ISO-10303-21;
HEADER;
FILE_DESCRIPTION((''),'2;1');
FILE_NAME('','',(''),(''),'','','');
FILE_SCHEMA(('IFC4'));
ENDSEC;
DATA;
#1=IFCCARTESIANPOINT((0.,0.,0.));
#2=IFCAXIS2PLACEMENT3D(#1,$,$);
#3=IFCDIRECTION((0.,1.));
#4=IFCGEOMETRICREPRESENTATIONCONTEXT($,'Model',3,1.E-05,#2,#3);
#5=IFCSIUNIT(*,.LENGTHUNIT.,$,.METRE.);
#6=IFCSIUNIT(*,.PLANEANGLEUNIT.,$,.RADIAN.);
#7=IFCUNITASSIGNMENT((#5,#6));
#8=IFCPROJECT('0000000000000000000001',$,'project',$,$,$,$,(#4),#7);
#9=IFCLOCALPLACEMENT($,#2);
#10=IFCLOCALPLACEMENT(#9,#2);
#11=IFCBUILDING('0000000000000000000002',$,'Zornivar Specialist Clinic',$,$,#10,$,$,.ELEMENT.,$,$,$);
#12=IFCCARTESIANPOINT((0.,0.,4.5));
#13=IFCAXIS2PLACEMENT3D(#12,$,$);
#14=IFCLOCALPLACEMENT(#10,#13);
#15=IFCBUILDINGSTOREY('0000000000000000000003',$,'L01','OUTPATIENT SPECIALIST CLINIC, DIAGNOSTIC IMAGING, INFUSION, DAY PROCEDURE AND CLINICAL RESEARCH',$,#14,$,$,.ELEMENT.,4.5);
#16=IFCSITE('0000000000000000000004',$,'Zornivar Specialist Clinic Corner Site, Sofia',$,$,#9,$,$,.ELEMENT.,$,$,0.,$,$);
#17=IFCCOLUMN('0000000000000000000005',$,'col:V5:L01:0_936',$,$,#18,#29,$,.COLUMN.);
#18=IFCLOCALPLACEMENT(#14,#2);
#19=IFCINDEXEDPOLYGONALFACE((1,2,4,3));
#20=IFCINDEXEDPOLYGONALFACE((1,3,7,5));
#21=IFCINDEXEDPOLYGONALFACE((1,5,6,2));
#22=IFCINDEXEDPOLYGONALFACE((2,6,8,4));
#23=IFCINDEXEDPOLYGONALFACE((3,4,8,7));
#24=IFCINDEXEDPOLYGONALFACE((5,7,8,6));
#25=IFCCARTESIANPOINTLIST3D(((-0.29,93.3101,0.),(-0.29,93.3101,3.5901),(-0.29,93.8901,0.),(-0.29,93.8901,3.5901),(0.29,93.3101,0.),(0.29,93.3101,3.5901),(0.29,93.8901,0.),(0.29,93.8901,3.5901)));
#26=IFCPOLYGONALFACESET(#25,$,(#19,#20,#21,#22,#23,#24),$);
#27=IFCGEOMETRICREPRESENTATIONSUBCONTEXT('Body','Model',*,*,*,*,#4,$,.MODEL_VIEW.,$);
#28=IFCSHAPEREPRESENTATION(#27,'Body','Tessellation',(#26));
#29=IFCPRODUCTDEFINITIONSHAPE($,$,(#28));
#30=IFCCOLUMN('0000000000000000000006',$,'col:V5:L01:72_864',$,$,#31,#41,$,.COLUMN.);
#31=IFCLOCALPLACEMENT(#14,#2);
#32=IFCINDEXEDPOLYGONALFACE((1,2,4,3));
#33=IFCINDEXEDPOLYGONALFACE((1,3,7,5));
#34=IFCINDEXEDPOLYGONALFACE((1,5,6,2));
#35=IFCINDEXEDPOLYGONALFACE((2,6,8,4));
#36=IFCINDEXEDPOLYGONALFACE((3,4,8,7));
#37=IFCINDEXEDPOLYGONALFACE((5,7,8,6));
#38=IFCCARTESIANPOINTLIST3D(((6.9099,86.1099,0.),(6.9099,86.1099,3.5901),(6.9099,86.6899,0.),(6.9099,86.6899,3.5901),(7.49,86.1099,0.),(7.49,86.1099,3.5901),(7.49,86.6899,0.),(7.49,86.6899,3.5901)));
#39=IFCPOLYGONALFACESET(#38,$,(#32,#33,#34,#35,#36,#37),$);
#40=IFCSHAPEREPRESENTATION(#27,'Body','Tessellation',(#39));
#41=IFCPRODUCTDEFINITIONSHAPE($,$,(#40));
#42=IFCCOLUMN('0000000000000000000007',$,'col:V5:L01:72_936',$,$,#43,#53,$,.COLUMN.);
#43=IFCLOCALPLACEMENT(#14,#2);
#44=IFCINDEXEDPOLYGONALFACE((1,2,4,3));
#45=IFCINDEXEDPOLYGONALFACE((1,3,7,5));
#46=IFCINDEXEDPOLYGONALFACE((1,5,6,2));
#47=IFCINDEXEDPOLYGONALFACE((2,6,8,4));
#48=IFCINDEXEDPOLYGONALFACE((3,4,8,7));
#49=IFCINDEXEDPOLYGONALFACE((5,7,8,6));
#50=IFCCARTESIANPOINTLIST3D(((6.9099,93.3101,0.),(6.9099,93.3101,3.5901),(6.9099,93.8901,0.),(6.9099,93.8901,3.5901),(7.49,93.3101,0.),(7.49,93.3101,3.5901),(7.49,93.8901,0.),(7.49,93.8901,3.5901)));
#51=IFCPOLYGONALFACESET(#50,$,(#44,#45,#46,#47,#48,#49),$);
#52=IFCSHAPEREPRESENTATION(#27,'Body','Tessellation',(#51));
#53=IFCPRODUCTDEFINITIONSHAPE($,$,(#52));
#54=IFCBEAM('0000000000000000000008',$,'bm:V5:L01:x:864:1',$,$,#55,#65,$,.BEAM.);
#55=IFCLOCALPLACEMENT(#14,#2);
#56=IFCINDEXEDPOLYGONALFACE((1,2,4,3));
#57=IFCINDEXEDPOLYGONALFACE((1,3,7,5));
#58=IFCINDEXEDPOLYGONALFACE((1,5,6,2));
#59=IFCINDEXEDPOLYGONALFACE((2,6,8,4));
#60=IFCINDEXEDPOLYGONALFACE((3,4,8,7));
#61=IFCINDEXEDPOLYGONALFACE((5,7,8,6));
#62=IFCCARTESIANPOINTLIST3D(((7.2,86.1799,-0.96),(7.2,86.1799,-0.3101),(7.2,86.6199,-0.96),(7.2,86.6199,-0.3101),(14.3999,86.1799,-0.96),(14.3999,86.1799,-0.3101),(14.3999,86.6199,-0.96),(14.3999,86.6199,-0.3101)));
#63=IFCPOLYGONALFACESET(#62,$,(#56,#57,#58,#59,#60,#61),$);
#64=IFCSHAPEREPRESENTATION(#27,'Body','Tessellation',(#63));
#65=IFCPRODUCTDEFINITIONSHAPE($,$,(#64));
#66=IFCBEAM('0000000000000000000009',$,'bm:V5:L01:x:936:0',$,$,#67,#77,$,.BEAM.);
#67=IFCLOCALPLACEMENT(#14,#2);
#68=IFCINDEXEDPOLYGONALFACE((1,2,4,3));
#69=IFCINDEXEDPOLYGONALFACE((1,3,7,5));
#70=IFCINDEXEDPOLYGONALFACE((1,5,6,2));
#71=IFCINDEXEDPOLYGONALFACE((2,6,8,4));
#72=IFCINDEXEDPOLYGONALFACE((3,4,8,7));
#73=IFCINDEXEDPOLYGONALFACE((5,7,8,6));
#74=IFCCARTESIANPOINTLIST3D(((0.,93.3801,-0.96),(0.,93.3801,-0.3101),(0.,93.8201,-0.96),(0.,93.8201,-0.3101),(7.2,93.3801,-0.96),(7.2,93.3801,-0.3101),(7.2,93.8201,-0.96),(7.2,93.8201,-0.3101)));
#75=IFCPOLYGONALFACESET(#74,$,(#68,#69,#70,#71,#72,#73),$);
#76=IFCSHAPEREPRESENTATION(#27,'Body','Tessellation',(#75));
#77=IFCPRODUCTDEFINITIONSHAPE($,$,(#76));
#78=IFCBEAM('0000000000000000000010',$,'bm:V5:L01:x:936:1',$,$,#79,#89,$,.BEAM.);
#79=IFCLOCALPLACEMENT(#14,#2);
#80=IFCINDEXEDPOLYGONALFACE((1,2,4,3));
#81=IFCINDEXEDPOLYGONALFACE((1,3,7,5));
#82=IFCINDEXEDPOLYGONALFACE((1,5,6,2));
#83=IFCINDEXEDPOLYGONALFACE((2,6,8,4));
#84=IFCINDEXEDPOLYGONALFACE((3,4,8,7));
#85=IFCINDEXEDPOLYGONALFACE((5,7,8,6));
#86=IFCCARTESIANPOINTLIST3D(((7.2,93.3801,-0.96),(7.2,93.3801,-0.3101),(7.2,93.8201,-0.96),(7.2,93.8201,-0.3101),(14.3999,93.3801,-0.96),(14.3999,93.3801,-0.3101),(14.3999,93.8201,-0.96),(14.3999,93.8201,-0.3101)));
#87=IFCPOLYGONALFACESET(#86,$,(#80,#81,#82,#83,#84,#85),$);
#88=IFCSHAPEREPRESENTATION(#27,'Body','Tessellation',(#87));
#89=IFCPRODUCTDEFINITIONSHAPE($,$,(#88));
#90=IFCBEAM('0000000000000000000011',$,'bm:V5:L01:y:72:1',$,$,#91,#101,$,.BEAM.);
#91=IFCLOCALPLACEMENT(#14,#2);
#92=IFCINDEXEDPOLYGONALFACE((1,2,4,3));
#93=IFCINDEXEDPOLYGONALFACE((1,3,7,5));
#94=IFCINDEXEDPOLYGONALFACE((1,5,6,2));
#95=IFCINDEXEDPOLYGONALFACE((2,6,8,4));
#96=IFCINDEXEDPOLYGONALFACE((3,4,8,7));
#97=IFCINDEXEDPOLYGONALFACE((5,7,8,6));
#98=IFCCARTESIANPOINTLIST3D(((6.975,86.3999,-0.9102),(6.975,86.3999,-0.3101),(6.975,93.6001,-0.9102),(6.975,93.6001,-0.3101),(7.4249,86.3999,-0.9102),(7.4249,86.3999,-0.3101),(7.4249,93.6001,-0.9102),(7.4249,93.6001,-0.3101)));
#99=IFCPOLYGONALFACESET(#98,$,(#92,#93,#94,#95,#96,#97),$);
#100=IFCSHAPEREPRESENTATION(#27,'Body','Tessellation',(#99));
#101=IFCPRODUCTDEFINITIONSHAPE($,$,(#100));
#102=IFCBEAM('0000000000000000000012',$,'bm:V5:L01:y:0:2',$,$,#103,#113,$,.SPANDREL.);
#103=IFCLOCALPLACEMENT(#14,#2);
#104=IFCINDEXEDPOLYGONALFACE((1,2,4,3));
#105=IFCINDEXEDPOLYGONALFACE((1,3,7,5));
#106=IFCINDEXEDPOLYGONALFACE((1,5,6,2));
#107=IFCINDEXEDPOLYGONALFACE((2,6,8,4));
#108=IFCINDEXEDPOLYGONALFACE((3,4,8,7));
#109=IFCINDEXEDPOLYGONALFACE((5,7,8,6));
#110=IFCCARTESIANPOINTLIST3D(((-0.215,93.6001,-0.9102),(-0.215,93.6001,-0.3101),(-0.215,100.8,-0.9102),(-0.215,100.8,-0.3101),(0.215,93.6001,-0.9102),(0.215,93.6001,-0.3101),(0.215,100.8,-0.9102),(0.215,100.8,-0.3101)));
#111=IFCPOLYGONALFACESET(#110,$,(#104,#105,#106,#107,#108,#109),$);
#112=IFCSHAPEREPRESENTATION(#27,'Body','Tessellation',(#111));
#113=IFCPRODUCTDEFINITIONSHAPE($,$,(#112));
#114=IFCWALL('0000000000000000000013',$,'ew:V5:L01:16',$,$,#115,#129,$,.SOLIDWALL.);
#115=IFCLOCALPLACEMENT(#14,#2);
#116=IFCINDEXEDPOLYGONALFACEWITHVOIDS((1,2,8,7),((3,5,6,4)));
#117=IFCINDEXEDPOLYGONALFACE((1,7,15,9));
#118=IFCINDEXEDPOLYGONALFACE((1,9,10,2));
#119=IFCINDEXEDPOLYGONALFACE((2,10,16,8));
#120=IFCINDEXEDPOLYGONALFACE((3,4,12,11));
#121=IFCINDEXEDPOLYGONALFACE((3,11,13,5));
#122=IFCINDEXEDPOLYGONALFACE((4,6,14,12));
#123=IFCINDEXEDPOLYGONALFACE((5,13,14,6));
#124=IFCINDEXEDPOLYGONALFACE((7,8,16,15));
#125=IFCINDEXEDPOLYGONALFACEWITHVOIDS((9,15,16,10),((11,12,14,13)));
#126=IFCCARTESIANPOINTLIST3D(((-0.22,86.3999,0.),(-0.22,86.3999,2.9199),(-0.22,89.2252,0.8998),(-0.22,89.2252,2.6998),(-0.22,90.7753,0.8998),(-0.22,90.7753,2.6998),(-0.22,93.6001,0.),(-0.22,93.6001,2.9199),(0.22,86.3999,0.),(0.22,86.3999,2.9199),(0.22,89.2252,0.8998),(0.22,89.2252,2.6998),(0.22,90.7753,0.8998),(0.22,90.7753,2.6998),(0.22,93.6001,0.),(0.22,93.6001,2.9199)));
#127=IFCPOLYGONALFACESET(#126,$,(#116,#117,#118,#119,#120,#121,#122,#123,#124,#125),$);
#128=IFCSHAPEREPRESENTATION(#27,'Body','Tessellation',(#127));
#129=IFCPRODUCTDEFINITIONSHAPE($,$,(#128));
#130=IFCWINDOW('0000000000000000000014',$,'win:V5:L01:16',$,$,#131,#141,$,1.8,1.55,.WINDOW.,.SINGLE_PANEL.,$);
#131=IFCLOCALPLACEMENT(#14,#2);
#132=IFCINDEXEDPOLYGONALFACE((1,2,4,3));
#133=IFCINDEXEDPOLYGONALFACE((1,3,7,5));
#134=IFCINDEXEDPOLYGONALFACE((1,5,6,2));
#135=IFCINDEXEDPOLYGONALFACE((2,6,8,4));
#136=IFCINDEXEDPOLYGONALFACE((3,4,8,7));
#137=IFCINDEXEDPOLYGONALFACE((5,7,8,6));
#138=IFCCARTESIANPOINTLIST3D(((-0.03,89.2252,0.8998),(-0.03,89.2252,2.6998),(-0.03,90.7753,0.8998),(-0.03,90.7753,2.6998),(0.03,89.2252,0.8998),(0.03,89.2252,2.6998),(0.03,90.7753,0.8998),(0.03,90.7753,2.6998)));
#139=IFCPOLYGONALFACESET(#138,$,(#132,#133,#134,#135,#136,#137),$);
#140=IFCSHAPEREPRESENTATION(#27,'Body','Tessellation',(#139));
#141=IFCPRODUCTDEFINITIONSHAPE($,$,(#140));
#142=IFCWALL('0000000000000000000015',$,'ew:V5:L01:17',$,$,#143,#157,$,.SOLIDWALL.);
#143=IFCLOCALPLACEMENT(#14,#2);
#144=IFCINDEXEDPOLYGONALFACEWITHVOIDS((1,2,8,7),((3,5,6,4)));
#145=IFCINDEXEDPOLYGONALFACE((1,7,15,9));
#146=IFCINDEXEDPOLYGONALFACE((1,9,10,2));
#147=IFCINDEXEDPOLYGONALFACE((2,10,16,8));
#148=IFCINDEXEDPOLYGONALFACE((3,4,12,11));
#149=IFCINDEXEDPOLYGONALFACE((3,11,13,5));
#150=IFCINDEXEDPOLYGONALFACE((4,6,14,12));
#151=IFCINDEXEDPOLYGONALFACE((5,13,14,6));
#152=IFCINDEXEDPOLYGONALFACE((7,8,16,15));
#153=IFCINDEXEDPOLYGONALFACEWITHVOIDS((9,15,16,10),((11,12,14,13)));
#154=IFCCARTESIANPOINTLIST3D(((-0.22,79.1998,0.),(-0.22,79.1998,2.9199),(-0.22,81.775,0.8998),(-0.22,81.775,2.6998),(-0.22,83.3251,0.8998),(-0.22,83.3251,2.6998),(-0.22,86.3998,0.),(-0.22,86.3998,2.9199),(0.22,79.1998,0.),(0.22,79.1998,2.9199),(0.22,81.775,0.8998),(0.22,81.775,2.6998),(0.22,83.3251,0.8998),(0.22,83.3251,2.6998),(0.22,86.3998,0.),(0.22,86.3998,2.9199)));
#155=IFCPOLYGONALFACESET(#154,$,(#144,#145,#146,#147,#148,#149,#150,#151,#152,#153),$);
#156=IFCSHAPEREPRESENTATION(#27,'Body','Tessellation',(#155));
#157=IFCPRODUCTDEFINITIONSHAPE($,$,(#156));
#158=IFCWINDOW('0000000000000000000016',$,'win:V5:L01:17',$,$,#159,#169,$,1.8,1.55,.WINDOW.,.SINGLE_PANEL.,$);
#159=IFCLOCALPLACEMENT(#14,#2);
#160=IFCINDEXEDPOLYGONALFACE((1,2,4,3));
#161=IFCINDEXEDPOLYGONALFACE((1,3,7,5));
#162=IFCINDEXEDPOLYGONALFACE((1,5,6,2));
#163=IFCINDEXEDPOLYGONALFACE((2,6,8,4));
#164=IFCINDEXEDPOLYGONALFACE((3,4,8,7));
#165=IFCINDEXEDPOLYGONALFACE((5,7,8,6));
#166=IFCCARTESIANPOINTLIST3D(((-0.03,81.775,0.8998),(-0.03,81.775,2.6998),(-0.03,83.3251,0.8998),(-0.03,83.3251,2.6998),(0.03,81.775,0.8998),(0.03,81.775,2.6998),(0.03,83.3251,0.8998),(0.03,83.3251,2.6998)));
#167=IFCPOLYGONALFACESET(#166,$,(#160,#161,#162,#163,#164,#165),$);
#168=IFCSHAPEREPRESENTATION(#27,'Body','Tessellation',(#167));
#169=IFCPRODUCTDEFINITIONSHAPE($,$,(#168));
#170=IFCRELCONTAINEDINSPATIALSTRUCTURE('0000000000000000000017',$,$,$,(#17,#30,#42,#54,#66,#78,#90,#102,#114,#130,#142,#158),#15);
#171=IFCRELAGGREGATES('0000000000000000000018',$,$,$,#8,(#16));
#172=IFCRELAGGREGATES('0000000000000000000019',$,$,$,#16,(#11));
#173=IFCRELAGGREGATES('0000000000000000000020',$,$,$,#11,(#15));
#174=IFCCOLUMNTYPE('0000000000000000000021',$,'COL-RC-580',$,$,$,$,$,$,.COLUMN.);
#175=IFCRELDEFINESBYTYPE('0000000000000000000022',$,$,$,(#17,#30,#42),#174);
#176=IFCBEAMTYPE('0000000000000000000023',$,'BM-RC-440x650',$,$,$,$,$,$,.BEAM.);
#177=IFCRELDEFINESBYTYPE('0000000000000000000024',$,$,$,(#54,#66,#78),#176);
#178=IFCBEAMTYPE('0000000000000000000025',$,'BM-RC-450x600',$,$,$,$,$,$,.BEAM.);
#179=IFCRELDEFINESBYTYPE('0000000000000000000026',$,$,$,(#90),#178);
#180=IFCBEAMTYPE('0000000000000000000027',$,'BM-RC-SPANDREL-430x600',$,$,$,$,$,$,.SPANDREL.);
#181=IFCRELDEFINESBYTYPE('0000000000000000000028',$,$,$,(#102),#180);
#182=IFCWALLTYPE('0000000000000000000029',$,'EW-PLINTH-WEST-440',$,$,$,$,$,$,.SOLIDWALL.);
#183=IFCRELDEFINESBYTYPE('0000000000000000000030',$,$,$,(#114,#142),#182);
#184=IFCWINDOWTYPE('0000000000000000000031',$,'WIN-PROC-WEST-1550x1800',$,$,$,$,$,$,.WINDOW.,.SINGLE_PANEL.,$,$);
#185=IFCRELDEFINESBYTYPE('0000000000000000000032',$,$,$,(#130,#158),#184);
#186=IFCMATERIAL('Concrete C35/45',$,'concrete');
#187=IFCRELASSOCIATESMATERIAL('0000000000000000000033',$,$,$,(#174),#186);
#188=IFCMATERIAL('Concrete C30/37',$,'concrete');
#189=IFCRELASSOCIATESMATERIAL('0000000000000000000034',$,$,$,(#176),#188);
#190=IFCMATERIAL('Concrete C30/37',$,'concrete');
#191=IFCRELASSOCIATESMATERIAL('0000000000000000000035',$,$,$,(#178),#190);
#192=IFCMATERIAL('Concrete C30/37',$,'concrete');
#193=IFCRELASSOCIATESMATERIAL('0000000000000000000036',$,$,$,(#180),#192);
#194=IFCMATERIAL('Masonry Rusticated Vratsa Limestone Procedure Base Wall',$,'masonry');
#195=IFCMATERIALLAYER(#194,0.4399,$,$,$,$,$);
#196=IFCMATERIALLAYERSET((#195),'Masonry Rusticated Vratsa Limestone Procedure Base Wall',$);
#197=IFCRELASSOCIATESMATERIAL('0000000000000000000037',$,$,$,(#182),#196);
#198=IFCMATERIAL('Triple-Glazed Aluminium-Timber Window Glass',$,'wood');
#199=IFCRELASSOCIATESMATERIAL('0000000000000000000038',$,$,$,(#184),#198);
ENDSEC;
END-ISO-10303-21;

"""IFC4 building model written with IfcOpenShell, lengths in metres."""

from ifc_helpers import new_model, si_unit, direction, frame, frame_2d, origin, origin_2d, place, context, subcontext, project, spatial, rectangle, extrude, material, layer, layer_set, material_profile, profile_set, type_object, element, fill, save


model = new_model("IFC4")

# Units and contexts
model_context = context("Model", 3, precision=1e-05, world=origin(), true_north=direction((0.0, 1.0)))
body_context = subcontext(model_context, "Body", "Model", "MODEL_VIEW")
ifc_project = project(units=[si_unit("LENGTHUNIT", "METRE"), si_unit("PLANEANGLEUNIT", "RADIAN")], contexts=[model_context])

# Site, building, storey
site_placement = place(None, origin())
site = spatial("IfcSite", under=ifc_project, at=site_placement, Name="Zornivar Specialist Clinic Corner Site, Sofia", CompositionType="ELEMENT", RefElevation=0.0)
building_placement = place(site_placement, origin())
building = spatial("IfcBuilding", under=site, at=building_placement, Name="Zornivar Specialist Clinic", CompositionType="ELEMENT")
storey_placement = place(building_placement, frame((0.0, 0.0, 4.5)))
storey = spatial("IfcBuildingStorey", under=building, at=storey_placement, Name="L01", Description="OUTPATIENT SPECIALIST CLINIC, DIAGNOSTIC IMAGING, INFUSION, DAY PROCEDURE AND CLINICAL RESEARCH", CompositionType="ELEMENT", Elevation=4.5)

# Columns
ifc_material_1 = material(Name="Concrete C35/45", Category="concrete")
ifc_material_profile_1 = material_profile(ifc_material_1, rectangle(XDim=0.5801, YDim=0.5801, at=origin_2d()), Name="RC 580x580")
ifc_profile_set_1 = profile_set([ifc_material_profile_1], Name="Concrete C35/45")
column_type = type_object("IfcColumnType", Name="COL-RC-580", PredefinedType="COLUMN", material=ifc_profile_set_1)
for number, where, z_axis, x_axis, name in (
    (1, (0.0, 93.6001, 0.0), (0.0, 0.0, 1.0), (1.0, 0.0, 0.0), "col:V5:L01:0_936"),
    (2, (7.2, 86.3999, 0.0), (0.0, 0.0, 1.0), (1.0, 0.0, 0.0), "col:V5:L01:72_864"),
    (3, (7.2, 93.6001, 0.0), (0.0, 0.0, 1.0), (1.0, 0.0, 0.0), "col:V5:L01:72_936"),
):
    element("IfcColumn", number, at=place(storey_placement, frame(where, z_axis=z_axis, x_axis=x_axis)), inside=storey, type_object=column_type, Name=name, PredefinedType="COLUMN", context=body_context, shape_type="SweptSolid", body=[
        extrude(rectangle(XDim=0.5801, YDim=0.5801, at=origin_2d()), origin(), (0.0, 0.0, 1.0), 3.5901),
    ])

# Beams
ifc_material_2 = material(Name="Concrete C30/37", Category="concrete")
ifc_material_profile_2 = material_profile(ifc_material_2, rectangle(XDim=0.4399, YDim=0.6499, at=origin_2d()), Name="RC 440x650")
ifc_profile_set_2 = profile_set([ifc_material_profile_2], Name="Concrete C30/37")
beam_type_1 = type_object("IfcBeamType", Name="BM-RC-440x650", PredefinedType="BEAM", material=ifc_profile_set_2)
for number, where, z_axis, x_axis, name in (
    (4, (7.2, 86.3999, -0.635), (1.0, 0.0, 0.0), (0.0, 1.0, 0.0), "bm:V5:L01:x:864:1"),
    (5, (0.0, 93.6001, -0.635), (1.0, 0.0, 0.0), (0.0, 1.0, 0.0), "bm:V5:L01:x:936:0"),
    (6, (7.2, 93.6001, -0.635), (1.0, 0.0, 0.0), (0.0, 1.0, 0.0), "bm:V5:L01:x:936:1"),
):
    element("IfcBeam", number, at=place(storey_placement, frame(where, z_axis=z_axis, x_axis=x_axis)), inside=storey, type_object=beam_type_1, Name=name, PredefinedType="BEAM", context=body_context, shape_type="SweptSolid", body=[
        extrude(rectangle(XDim=0.4399, YDim=0.6499, at=origin_2d()), origin(), (0.0, 0.0, 1.0), 7.2),
    ])
ifc_material_3 = material(Name="Concrete C30/37", Category="concrete")
ifc_material_profile_3 = material_profile(ifc_material_3, rectangle(XDim=0.45, YDim=0.6001, at=origin_2d()), Name="RC 450x600")
ifc_profile_set_3 = profile_set([ifc_material_profile_3], Name="Concrete C30/37")
beam_type_2 = type_object("IfcBeamType", Name="BM-RC-450x600", PredefinedType="BEAM", material=ifc_profile_set_3)
beam_1_placement = place(storey_placement, frame((7.2, 86.3999, -0.6101), z_axis=(0.0, 1.0, 0.0), x_axis=(-1.0, 0.0, 0.0)))
element("IfcBeam", 7, at=beam_1_placement, inside=storey, type_object=beam_type_2, Name="bm:V5:L01:y:72:1", PredefinedType="BEAM", context=body_context, shape_type="SweptSolid", body=[
    extrude(rectangle(XDim=0.45, YDim=0.6001, at=origin_2d()), origin(), (0.0, 0.0, 1.0), 7.2002),
])
ifc_material_4 = material(Name="Concrete C30/37", Category="concrete")
ifc_material_profile_4 = material_profile(ifc_material_4, rectangle(XDim=0.4299, YDim=0.6001, at=origin_2d()), Name="RC 430x600")
ifc_profile_set_4 = profile_set([ifc_material_profile_4], Name="Concrete C30/37")
beam_type_3 = type_object("IfcBeamType", Name="BM-RC-SPANDREL-430x600", PredefinedType="SPANDREL", material=ifc_profile_set_4)
beam_2_placement = place(storey_placement, frame((0.0, 93.6001, -0.6101), z_axis=(0.0, 1.0, 0.0), x_axis=(-1.0, 0.0, 0.0)))
element("IfcBeam", 8, at=beam_2_placement, inside=storey, type_object=beam_type_3, Name="bm:V5:L01:y:0:2", PredefinedType="SPANDREL", context=body_context, shape_type="SweptSolid", body=[
    extrude(rectangle(XDim=0.4299, YDim=0.6001, at=origin_2d()), origin(), (0.0, 0.0, 1.0), 7.2),
])

# Walls, openings, windows
ifc_material_5 = material(Name="Masonry Rusticated Vratsa Limestone Procedure Base Wall", Category="masonry")
ifc_layer_1 = layer(ifc_material_5, 0.4399)
ifc_layer_set_1 = layer_set([ifc_layer_1], Name="Masonry Rusticated Vratsa Limestone Procedure Base Wall")
wall_type_1 = type_object("IfcWallType", Name="EW-PLINTH-WEST-440", PredefinedType="SOLIDWALL", material=ifc_layer_set_1)
wall_1_placement = place(storey_placement, frame((0.0, 93.6001, 0.0), z_axis=(0.0, 0.0, 1.0), x_axis=(0.0, -1.0, 0.0)))
wall_1 = element("IfcWall", 9, at=wall_1_placement, inside=storey, type_object=wall_type_1, Name="ew:V5:L01:16", PredefinedType="SOLIDWALL", context=body_context, shape_type="SweptSolid", body=[
    extrude(rectangle(XDim=7.2002, YDim=0.4399, at=frame_2d((3.6001, 0.0))), origin(), (0.0, 0.0, 1.0), 2.9199),
])
opening_1_placement = place(wall_1_placement, frame((2.825, 0.0, 0.8999)))
opening_1 = element("IfcOpeningElement", 10, at=opening_1_placement, cuts=wall_1, PredefinedType="OPENING", context=body_context, shape_type="SweptSolid", body=[
    extrude(rectangle(XDim=1.55, YDim=1.8, at=frame_2d((0.7749, 0.8999))), frame((0.0, 0.23, 0.0), z_axis=(0.0, -1.0, 0.0), x_axis=(1.0, 0.0, 0.0)), (0.0, 0.0, 1.0), 0.46),
])
ifc_material_6 = material(Name="Triple-Glazed Aluminium-Timber Window Glass", Category="wood")
window_type = type_object("IfcWindowType", Name="WIN-PROC-WEST-1550x1800", PartitioningType="SINGLE_PANEL", PredefinedType="WINDOW", material=ifc_material_6)
window_1_placement = place(opening_1_placement, origin())
window_1 = element("IfcWindow", 11, at=window_1_placement, inside=storey, type_object=window_type, Name="win:V5:L01:16", OverallHeight=1.8, OverallWidth=1.55, PartitioningType="SINGLE_PANEL", PredefinedType="WINDOW", context=body_context, shape_type="SweptSolid", body=[
    extrude(rectangle(XDim=1.55, YDim=1.8, at=frame_2d((0.7749, 0.8999))), frame((0.0, 0.03, 0.0), z_axis=(0.0, -1.0, 0.0), x_axis=(1.0, 0.0, 0.0)), (0.0, 0.0, 1.0), 0.0601),
])
fill(opening_1, window_1)
wall_2_placement = place(storey_placement, frame((0.0, 86.3999, 0.0), z_axis=(0.0, 0.0, 1.0), x_axis=(0.0, -1.0, 0.0)))
wall_2 = element("IfcWall", 12, at=wall_2_placement, inside=storey, type_object=wall_type_1, Name="ew:V5:L01:17", PredefinedType="SOLIDWALL", context=body_context, shape_type="SweptSolid", body=[
    extrude(rectangle(XDim=7.2, YDim=0.4399, at=frame_2d((3.6001, 0.0))), origin(), (0.0, 0.0, 1.0), 2.9199),
])
opening_2_placement = place(wall_2_placement, frame((3.075, 0.0, 0.8999)))
opening_2 = element("IfcOpeningElement", 13, at=opening_2_placement, cuts=wall_2, PredefinedType="OPENING", context=body_context, shape_type="SweptSolid", body=[
    extrude(rectangle(XDim=1.55, YDim=1.8, at=frame_2d((0.7749, 0.8999))), frame((0.0, 0.23, 0.0), z_axis=(0.0, -1.0, 0.0), x_axis=(1.0, 0.0, 0.0)), (0.0, 0.0, 1.0), 0.46),
])
window_2_placement = place(opening_2_placement, origin())
window_2 = element("IfcWindow", 14, at=window_2_placement, inside=storey, type_object=window_type, Name="win:V5:L01:17", OverallHeight=1.8, OverallWidth=1.55, PartitioningType="SINGLE_PANEL", PredefinedType="WINDOW", context=body_context, shape_type="SweptSolid", body=[
    extrude(rectangle(XDim=1.55, YDim=1.8, at=frame_2d((0.7749, 0.8999))), frame((0.0, 0.03, 0.0), z_axis=(0.0, -1.0, 0.0), x_axis=(1.0, 0.0, 0.0)), (0.0, 0.0, 1.0), 0.0601),
])
fill(opening_2, window_2)

save(model, "model.ifc")
